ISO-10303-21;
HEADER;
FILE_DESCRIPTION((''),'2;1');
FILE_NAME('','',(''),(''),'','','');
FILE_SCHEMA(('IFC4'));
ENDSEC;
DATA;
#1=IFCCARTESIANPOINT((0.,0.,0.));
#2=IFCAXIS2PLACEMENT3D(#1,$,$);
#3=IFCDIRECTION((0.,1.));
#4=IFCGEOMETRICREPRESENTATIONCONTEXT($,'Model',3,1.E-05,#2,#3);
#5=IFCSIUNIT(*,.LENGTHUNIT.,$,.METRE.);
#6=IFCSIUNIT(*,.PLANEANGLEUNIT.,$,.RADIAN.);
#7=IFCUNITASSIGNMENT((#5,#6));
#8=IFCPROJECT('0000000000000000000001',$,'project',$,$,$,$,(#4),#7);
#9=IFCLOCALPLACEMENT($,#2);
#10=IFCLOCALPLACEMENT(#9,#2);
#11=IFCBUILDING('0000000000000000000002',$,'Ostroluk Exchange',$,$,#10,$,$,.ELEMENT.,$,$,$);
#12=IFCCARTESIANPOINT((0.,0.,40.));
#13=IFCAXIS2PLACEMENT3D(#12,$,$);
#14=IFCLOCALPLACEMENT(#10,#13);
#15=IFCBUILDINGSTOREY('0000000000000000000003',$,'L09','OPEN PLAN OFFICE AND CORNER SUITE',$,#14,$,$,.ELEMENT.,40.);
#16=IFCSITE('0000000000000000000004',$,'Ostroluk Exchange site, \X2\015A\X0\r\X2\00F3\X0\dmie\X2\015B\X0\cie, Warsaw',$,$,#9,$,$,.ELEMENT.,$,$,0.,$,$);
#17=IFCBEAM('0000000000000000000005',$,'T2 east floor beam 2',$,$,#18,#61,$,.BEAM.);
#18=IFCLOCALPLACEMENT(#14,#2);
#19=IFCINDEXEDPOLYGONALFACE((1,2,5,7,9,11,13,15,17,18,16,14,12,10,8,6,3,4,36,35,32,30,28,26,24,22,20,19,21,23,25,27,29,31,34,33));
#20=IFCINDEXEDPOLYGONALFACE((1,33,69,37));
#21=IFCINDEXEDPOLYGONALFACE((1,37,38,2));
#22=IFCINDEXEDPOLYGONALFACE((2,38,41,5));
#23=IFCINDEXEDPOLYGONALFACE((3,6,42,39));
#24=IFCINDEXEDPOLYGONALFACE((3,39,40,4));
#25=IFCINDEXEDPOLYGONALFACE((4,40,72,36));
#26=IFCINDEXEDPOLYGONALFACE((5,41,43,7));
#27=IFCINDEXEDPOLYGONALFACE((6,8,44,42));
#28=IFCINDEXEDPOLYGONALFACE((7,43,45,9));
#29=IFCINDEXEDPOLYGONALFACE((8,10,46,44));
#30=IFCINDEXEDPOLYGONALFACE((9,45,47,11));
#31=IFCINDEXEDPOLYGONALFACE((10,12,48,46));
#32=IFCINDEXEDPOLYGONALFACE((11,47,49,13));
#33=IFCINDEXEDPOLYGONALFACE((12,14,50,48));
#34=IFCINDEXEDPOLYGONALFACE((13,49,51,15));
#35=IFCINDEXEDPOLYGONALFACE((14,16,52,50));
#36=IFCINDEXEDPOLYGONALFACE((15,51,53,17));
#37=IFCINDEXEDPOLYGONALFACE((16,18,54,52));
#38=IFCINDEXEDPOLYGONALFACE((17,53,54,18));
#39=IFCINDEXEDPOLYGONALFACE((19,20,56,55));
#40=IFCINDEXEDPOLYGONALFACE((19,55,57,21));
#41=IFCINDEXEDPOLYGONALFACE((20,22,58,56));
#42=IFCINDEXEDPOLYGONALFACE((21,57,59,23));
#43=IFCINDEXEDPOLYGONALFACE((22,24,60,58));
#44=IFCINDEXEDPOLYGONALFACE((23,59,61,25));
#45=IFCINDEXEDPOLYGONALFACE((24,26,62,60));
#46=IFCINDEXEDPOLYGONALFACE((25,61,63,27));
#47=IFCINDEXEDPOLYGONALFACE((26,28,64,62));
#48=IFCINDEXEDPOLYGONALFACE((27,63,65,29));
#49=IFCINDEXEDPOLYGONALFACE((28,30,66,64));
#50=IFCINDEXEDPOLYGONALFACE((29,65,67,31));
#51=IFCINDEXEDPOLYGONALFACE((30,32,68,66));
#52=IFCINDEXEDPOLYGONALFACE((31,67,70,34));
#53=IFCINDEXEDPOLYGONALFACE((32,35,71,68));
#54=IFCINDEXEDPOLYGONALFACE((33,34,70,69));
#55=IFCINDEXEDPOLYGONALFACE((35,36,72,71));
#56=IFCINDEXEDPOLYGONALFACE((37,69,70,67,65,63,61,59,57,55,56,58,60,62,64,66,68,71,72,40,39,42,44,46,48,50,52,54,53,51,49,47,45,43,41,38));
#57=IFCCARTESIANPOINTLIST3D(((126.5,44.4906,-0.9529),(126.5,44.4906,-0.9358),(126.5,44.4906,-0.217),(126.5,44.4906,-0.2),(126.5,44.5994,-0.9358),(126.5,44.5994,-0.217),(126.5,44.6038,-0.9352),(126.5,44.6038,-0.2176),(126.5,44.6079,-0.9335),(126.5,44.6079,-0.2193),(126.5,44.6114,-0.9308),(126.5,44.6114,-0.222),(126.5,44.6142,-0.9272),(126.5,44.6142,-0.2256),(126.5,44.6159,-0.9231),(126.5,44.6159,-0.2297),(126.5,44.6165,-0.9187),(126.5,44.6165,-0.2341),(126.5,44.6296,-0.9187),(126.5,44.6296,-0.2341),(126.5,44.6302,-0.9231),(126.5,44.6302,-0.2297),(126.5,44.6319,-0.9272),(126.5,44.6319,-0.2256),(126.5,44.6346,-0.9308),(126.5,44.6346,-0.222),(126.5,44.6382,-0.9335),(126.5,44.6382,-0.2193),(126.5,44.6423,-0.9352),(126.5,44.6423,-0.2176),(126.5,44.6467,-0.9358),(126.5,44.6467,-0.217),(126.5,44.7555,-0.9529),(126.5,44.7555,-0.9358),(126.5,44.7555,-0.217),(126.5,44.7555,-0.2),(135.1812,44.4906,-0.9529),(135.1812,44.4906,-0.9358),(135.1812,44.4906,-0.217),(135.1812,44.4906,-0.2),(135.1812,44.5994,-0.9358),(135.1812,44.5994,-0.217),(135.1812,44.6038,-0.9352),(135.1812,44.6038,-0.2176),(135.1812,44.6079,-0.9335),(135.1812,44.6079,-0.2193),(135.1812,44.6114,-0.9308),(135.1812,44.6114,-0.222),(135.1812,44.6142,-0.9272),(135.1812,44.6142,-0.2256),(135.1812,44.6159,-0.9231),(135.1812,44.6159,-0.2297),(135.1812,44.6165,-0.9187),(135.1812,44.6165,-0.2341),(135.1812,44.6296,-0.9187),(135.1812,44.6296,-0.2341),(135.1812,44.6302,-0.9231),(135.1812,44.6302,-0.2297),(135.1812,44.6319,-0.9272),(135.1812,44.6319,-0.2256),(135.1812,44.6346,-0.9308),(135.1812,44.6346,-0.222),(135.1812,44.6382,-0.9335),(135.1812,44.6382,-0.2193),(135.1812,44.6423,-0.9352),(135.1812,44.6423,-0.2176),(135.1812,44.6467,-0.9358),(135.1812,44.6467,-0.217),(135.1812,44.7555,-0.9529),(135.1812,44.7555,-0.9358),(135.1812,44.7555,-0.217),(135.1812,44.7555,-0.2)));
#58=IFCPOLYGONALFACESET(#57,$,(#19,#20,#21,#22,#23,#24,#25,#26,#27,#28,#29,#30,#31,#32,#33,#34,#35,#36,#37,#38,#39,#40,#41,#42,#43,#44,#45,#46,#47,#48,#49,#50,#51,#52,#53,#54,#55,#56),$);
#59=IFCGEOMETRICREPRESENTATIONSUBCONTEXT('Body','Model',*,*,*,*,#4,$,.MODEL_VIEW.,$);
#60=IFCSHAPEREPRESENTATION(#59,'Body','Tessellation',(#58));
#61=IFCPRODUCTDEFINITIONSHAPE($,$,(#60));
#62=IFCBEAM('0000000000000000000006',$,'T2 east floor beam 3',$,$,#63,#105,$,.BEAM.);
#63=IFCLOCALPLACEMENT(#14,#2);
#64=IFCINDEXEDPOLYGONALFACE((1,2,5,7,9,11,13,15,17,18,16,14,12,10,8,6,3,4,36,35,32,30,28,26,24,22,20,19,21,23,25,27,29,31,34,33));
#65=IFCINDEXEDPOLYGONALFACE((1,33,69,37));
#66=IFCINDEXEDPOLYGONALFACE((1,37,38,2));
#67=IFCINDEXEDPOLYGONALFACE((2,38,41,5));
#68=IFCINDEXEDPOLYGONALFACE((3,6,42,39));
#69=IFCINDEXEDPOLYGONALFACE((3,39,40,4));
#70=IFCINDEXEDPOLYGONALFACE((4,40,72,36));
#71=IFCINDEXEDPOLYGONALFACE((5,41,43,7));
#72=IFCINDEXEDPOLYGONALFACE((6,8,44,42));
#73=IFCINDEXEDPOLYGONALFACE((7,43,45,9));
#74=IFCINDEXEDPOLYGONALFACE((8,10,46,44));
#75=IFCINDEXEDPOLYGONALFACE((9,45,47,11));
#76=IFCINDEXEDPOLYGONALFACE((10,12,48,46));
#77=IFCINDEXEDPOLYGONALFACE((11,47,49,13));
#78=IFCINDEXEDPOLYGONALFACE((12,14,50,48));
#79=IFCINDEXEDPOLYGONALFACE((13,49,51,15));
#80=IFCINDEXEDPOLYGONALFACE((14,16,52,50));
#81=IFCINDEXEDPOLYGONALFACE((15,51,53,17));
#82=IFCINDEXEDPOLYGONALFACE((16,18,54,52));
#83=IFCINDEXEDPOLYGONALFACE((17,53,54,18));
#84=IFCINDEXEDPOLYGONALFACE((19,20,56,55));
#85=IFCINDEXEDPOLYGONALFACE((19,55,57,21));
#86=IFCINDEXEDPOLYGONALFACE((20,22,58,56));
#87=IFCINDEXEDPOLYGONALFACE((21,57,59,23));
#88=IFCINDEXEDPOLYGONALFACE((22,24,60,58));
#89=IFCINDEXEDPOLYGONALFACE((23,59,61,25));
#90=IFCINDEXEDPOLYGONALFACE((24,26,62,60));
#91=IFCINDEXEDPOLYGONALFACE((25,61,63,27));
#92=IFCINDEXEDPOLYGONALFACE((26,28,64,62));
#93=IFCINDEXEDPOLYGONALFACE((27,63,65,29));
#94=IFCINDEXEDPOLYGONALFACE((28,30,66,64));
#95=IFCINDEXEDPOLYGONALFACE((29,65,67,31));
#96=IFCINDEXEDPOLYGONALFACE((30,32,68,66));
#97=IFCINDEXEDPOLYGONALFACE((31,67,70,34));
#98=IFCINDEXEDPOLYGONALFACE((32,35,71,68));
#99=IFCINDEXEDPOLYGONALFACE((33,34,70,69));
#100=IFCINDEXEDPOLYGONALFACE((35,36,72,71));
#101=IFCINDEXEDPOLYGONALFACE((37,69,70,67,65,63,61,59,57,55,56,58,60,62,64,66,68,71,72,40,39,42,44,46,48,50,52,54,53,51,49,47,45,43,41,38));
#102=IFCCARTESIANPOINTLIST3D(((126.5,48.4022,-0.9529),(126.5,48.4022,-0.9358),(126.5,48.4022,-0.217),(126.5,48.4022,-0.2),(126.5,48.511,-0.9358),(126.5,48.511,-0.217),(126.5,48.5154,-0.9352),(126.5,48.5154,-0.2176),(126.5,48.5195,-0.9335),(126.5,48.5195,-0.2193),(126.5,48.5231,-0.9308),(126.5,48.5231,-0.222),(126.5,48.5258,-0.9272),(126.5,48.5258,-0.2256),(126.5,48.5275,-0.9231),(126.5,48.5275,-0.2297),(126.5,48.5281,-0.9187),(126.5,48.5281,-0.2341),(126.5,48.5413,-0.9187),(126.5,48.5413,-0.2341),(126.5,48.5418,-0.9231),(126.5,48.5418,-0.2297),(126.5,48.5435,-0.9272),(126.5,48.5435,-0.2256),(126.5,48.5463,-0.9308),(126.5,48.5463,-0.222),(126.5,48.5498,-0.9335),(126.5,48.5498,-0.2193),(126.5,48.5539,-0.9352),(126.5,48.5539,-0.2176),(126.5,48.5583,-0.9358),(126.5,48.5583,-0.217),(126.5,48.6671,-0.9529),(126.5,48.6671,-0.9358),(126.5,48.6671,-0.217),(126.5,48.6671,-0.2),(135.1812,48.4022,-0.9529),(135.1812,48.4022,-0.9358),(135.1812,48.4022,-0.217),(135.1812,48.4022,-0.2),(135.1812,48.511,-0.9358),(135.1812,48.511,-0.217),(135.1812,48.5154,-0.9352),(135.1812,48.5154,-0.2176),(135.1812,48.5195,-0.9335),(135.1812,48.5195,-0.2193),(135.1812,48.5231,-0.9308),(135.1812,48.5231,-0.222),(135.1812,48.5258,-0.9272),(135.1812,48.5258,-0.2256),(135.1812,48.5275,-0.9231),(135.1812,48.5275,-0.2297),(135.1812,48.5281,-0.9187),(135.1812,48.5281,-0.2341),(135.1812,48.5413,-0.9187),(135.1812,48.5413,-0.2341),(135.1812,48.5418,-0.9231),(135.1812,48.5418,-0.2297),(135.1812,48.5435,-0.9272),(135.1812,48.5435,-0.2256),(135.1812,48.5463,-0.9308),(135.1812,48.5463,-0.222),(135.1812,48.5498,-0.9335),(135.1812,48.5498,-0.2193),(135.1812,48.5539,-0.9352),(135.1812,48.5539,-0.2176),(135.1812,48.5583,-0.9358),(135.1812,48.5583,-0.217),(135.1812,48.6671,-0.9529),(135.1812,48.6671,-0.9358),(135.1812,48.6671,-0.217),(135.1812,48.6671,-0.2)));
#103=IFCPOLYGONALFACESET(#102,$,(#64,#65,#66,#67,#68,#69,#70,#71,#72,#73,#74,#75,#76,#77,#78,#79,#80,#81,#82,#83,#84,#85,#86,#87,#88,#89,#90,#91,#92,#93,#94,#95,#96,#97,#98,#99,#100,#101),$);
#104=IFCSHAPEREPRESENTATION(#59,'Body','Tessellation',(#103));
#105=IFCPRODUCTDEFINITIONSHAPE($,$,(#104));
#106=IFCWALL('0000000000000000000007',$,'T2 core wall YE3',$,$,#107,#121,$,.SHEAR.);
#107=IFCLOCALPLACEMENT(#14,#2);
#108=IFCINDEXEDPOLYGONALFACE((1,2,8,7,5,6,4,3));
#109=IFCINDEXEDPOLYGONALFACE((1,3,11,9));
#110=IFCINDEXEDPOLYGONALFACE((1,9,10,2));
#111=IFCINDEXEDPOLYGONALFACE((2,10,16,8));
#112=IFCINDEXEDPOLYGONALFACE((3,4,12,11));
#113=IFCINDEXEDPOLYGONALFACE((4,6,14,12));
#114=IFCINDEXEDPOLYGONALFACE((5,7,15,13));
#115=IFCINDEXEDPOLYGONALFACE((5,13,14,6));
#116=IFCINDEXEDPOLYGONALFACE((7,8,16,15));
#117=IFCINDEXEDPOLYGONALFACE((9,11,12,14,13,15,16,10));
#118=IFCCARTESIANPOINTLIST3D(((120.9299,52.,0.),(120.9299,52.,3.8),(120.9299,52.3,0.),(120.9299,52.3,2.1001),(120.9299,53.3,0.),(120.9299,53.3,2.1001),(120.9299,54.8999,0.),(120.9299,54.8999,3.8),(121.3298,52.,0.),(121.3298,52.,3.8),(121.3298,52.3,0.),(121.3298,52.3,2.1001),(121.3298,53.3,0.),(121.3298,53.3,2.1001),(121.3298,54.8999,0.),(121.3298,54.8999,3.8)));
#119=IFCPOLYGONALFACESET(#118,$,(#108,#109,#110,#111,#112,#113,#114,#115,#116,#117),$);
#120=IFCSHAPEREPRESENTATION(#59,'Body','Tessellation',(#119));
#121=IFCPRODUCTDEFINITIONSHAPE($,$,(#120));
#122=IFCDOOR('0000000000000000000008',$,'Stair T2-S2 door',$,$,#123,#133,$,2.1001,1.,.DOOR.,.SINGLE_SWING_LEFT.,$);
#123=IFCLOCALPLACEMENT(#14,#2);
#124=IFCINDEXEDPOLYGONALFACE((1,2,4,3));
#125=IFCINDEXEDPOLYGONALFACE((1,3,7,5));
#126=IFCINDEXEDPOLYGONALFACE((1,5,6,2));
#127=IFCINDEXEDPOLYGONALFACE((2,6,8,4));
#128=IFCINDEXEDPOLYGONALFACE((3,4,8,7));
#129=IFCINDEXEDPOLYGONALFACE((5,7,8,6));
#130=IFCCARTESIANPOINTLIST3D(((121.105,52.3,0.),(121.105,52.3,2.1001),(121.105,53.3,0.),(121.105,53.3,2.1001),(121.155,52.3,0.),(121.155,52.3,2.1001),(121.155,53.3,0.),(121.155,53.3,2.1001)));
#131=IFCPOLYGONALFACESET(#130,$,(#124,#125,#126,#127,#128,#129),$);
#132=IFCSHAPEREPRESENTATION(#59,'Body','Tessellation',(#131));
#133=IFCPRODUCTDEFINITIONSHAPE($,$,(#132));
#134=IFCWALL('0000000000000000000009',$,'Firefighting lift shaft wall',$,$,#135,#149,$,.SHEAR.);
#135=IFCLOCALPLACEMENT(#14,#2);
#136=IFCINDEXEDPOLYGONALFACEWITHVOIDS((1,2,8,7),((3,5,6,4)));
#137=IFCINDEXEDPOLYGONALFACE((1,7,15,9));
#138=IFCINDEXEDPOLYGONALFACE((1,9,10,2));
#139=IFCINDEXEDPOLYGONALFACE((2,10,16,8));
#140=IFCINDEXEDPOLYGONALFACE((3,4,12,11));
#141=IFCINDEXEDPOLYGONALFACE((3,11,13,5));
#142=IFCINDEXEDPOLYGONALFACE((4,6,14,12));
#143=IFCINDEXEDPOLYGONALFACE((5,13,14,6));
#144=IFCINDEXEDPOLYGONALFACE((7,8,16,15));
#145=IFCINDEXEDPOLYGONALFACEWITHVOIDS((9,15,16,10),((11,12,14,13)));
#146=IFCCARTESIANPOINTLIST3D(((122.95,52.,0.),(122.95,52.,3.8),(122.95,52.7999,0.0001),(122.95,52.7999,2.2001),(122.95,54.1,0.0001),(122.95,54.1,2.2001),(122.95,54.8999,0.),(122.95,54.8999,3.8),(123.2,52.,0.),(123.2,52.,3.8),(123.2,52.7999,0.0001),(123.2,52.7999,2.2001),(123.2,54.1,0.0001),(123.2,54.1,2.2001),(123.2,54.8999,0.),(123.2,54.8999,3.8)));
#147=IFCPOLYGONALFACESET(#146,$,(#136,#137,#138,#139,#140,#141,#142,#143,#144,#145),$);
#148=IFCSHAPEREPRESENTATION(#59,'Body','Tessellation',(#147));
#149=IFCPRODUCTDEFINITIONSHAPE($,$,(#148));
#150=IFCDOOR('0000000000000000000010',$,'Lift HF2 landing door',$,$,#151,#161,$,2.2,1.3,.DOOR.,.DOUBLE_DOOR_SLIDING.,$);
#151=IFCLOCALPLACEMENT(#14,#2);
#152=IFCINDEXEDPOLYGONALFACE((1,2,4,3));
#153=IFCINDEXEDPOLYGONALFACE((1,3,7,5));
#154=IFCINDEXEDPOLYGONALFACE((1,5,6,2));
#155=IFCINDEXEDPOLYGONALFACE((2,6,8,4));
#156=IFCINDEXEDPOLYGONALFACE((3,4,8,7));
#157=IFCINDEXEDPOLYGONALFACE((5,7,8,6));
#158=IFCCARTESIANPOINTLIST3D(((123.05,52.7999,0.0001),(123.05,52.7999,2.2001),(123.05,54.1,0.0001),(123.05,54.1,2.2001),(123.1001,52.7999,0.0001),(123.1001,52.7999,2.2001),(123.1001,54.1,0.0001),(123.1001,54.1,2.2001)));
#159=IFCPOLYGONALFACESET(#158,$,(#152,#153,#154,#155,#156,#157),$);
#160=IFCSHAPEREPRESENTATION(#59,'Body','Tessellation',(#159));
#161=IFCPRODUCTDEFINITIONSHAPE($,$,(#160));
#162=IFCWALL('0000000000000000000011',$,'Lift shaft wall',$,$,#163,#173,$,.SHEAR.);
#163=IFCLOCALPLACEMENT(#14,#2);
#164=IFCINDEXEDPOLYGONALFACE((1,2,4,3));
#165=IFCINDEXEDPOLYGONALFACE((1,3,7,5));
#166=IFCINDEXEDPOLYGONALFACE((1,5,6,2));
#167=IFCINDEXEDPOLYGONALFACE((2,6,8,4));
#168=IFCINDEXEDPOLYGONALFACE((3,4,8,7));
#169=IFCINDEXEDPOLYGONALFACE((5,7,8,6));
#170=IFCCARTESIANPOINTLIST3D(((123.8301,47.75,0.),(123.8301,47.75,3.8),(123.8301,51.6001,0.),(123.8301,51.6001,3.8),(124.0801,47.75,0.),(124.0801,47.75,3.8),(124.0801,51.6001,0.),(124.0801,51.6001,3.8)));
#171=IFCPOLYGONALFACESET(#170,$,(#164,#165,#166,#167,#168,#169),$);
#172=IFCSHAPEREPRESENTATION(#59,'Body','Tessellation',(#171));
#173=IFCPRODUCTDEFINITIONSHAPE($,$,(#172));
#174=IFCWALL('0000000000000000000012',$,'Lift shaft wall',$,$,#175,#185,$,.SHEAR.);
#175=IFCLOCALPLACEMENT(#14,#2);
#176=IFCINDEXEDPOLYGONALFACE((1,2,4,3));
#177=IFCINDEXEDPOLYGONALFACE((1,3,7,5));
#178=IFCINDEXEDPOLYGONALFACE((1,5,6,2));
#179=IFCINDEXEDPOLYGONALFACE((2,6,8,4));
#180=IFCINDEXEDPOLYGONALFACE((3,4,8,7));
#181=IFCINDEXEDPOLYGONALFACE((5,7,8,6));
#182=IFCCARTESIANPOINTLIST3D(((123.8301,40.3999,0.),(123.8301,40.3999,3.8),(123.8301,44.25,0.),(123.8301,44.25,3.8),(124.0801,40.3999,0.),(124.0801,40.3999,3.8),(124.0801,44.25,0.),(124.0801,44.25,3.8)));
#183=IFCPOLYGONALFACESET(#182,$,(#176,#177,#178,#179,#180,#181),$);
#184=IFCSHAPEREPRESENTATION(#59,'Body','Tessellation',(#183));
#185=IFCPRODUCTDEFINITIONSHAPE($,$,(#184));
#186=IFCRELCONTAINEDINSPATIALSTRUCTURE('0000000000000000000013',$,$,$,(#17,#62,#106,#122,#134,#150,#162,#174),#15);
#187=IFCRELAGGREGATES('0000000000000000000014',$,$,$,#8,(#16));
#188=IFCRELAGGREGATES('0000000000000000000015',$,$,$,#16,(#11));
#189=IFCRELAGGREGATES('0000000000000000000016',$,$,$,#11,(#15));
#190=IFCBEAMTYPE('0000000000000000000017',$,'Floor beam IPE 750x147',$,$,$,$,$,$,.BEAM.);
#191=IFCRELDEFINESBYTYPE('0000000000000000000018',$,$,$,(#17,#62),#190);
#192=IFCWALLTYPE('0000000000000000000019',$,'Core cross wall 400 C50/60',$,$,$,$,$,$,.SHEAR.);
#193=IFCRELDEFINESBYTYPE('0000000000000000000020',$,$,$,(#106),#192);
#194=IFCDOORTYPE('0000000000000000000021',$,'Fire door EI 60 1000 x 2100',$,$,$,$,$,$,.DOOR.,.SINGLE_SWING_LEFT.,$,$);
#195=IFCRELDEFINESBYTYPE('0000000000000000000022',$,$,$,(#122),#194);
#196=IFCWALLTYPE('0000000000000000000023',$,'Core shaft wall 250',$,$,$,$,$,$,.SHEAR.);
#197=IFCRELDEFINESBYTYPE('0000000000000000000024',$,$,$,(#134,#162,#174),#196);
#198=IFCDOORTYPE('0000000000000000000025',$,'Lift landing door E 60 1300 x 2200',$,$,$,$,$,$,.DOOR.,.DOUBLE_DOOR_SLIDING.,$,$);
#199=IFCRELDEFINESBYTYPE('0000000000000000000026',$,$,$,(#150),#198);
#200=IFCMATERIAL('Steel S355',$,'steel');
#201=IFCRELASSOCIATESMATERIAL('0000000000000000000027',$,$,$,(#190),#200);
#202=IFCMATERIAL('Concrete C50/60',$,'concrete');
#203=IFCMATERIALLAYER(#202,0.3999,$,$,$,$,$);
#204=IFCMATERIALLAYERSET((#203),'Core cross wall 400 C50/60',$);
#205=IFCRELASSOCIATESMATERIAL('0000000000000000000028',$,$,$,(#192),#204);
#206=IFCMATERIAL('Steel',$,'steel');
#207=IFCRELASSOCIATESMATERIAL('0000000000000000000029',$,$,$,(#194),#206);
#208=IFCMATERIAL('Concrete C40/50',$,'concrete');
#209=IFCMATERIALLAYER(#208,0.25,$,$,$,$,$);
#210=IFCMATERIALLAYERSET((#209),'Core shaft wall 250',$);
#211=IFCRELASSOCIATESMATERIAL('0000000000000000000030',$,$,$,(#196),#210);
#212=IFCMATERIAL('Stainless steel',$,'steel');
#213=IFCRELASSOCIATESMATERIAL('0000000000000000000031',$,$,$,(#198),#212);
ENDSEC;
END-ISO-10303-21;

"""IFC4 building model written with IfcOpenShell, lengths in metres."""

from ifc_helpers import new_model, si_unit, direction, frame, frame_2d, origin, origin_2d, place, context, subcontext, project, spatial, rectangle, i_section, extrude, material, layer, layer_set, material_profile, profile_set, type_object, element, fill, save


model = new_model("IFC4")

# Units and contexts
model_context = context("Model", 3, precision=1e-05, world=origin(), true_north=direction((0.0, 1.0)))
body_context = subcontext(model_context, "Body", "Model", "MODEL_VIEW")
ifc_project = project(units=[si_unit("LENGTHUNIT", "METRE"), si_unit("PLANEANGLEUNIT", "RADIAN")], contexts=[model_context])

# Site, building, storey
site_placement = place(None, origin())
site = spatial("IfcSite", under=ifc_project, at=site_placement, Name="Ostroluk Exchange site, Śródmieście, Warsaw", CompositionType="ELEMENT", RefElevation=0.0)
building_placement = place(site_placement, origin())
building = spatial("IfcBuilding", under=site, at=building_placement, Name="Ostroluk Exchange", CompositionType="ELEMENT")
storey_placement = place(building_placement, frame((0.0, 0.0, 40.0)))
storey = spatial("IfcBuildingStorey", under=building, at=storey_placement, Name="L09", Description="OPEN PLAN OFFICE AND CORNER SUITE", CompositionType="ELEMENT", Elevation=40.0)

# Beams
ifc_material_1 = material(Name="Steel S355", Category="steel")
ifc_material_profile = material_profile(ifc_material_1, i_section(OverallWidth=0.2649, OverallDepth=0.7529, WebThickness=0.0132, FlangeThickness=0.0171, FilletRadius=0.0171, at=origin_2d()), Name="IPE 750x147")
ifc_profile_set = profile_set([ifc_material_profile], Name="Steel S355")
beam_type = type_object("IfcBeamType", Name="Floor beam IPE 750x147", PredefinedType="BEAM", material=ifc_profile_set)
for number, where, z_axis, x_axis, name in (
    (1, (126.5, 44.623, -0.5764), (1.0, 0.0, 0.0), (0.0, 1.0, 0.0), "T2 east floor beam 2"),
    (2, (126.5, 48.5347, -0.5764), (1.0, 0.0, 0.0), (0.0, 1.0, 0.0), "T2 east floor beam 3"),
):
    element("IfcBeam", number, at=place(storey_placement, frame(where, z_axis=z_axis, x_axis=x_axis)), inside=storey, type_object=beam_type, Name=name, PredefinedType="BEAM", context=body_context, shape_type="SweptSolid", body=[
        extrude(i_section(OverallWidth=0.2649, OverallDepth=0.7529, WebThickness=0.0132, FlangeThickness=0.0171, FilletRadius=0.0171, at=origin_2d()), origin(), (0.0, 0.0, 1.0), 8.6812),
    ])

# Walls, openings, doors
ifc_material_2 = material(Name="Concrete C50/60", Category="concrete")
ifc_layer_1 = layer(ifc_material_2, 0.3999)
ifc_layer_set_1 = layer_set([ifc_layer_1], Name="Core cross wall 400 C50/60")
wall_type_1 = type_object("IfcWallType", Name="Core cross wall 400 C50/60", PredefinedType="SHEAR", material=ifc_layer_set_1)
wall_1_placement = place(storey_placement, frame((121.1299, 52.0, 0.0), z_axis=(0.0, 0.0, 1.0), x_axis=(0.0, 1.0, 0.0)))
wall_1 = element("IfcWall", 3, at=wall_1_placement, inside=storey, type_object=wall_type_1, Name="T2 core wall YE3", PredefinedType="SHEAR", context=body_context, shape_type="SweptSolid", body=[
    extrude(rectangle(XDim=2.8999, YDim=0.3999, at=frame_2d((1.45, 0.0))), origin(), (0.0, 0.0, 1.0), 3.8),
])
opening_1_placement = place(wall_1_placement, frame((0.3, 0.0, 0.0)))
opening_1 = element("IfcOpeningElement", 4, at=opening_1_placement, cuts=wall_1, PredefinedType="OPENING", context=body_context, shape_type="SweptSolid", body=[
    extrude(rectangle(XDim=1.0, YDim=2.1001, at=frame_2d((0.5, 1.05))), frame((0.0, 0.21, 0.0), z_axis=(0.0, -1.0, 0.0), x_axis=(1.0, 0.0, 0.0)), (0.0, 0.0, 1.0), 0.4199),
])
ifc_material_3 = material(Name="Steel", Category="steel")
door_type_1 = type_object("IfcDoorType", Name="Fire door EI 60 1000 x 2100", OperationType="SINGLE_SWING_LEFT", PredefinedType="DOOR", material=ifc_material_3)
door_1_placement = place(opening_1_placement, origin())
door_1 = element("IfcDoor", 5, at=door_1_placement, inside=storey, type_object=door_type_1, Name="Stair T2-S2 door", OperationType="SINGLE_SWING_LEFT", OverallHeight=2.1001, OverallWidth=1.0, PredefinedType="DOOR", context=body_context, shape_type="SweptSolid", body=[
    extrude(rectangle(XDim=1.0, YDim=2.1001, at=frame_2d((0.5, 1.05))), frame((0.0, 0.0249, 0.0), z_axis=(0.0, -1.0, 0.0), x_axis=(1.0, 0.0, 0.0)), (0.0, 0.0, 1.0), 0.05),
])
fill(opening_1, door_1)
ifc_material_4 = material(Name="Concrete C40/50", Category="concrete")
ifc_layer_2 = layer(ifc_material_4, 0.25)
ifc_layer_set_2 = layer_set([ifc_layer_2], Name="Core shaft wall 250")
wall_type_2 = type_object("IfcWallType", Name="Core shaft wall 250", PredefinedType="SHEAR", material=ifc_layer_set_2)
wall_2_placement = place(storey_placement, frame((123.075, 52.0, 0.0), z_axis=(0.0, 0.0, 1.0), x_axis=(0.0, 1.0, 0.0)))
wall_2 = element("IfcWall", 6, at=wall_2_placement, inside=storey, type_object=wall_type_2, Name="Firefighting lift shaft wall", PredefinedType="SHEAR", context=body_context, shape_type="SweptSolid", body=[
    extrude(rectangle(XDim=2.8999, YDim=0.25, at=frame_2d((1.45, 0.0))), origin(), (0.0, 0.0, 1.0), 3.8),
])
opening_2_placement = place(wall_2_placement, frame((0.8, 0.0, 0.0)))
opening_2 = element("IfcOpeningElement", 7, at=opening_2_placement, cuts=wall_2, PredefinedType="OPENING", context=body_context, shape_type="SweptSolid", body=[
    extrude(rectangle(XDim=1.3, YDim=2.2, at=frame_2d((0.6499, 1.1001))), frame((0.0, 0.135, 0.0), z_axis=(0.0, -1.0, 0.0), x_axis=(1.0, 0.0, 0.0)), (0.0, 0.0, 1.0), 0.27),
])
ifc_material_5 = material(Name="Stainless steel", Category="steel")
door_type_2 = type_object("IfcDoorType", Name="Lift landing door E 60 1300 x 2200", OperationType="DOUBLE_DOOR_SLIDING", PredefinedType="DOOR", material=ifc_material_5)
door_2_placement = place(opening_2_placement, origin())
door_2 = element("IfcDoor", 8, at=door_2_placement, inside=storey, type_object=door_type_2, Name="Lift HF2 landing door", OperationType="DOUBLE_DOOR_SLIDING", OverallHeight=2.2, OverallWidth=1.3, PredefinedType="DOOR", context=body_context, shape_type="SweptSolid", body=[
    extrude(rectangle(XDim=1.3, YDim=2.2, at=frame_2d((0.6499, 1.1001))), frame((0.0, 0.0249, 0.0), z_axis=(0.0, -1.0, 0.0), x_axis=(1.0, 0.0, 0.0)), (0.0, 0.0, 1.0), 0.05),
])
fill(opening_2, door_2)

# Wall
wall_3_placement = place(storey_placement, frame((123.9551, 47.75, 0.0), z_axis=(0.0, 0.0, 1.0), x_axis=(0.0, 1.0, 0.0)))
element("IfcWall", 9, at=wall_3_placement, inside=storey, type_object=wall_type_2, Name="Lift shaft wall", PredefinedType="SHEAR", context=body_context, shape_type="SweptSolid", body=[
    extrude(rectangle(XDim=3.8501, YDim=0.25, at=frame_2d((1.925, 0.0))), origin(), (0.0, 0.0, 1.0), 3.8),
])

# Wall
wall_4_placement = place(storey_placement, frame((123.9551, 44.25, 0.0), z_axis=(0.0, 0.0, 1.0), x_axis=(0.0, -1.0, 0.0)))
element("IfcWall", 10, at=wall_4_placement, inside=storey, type_object=wall_type_2, Name="Lift shaft wall", PredefinedType="SHEAR", context=body_context, shape_type="SweptSolid", body=[
    extrude(rectangle(XDim=3.8501, YDim=0.25, at=frame_2d((1.925, 0.0))), origin(), (0.0, 0.0, 1.0), 3.8),
])

save(model, "model.ifc")
